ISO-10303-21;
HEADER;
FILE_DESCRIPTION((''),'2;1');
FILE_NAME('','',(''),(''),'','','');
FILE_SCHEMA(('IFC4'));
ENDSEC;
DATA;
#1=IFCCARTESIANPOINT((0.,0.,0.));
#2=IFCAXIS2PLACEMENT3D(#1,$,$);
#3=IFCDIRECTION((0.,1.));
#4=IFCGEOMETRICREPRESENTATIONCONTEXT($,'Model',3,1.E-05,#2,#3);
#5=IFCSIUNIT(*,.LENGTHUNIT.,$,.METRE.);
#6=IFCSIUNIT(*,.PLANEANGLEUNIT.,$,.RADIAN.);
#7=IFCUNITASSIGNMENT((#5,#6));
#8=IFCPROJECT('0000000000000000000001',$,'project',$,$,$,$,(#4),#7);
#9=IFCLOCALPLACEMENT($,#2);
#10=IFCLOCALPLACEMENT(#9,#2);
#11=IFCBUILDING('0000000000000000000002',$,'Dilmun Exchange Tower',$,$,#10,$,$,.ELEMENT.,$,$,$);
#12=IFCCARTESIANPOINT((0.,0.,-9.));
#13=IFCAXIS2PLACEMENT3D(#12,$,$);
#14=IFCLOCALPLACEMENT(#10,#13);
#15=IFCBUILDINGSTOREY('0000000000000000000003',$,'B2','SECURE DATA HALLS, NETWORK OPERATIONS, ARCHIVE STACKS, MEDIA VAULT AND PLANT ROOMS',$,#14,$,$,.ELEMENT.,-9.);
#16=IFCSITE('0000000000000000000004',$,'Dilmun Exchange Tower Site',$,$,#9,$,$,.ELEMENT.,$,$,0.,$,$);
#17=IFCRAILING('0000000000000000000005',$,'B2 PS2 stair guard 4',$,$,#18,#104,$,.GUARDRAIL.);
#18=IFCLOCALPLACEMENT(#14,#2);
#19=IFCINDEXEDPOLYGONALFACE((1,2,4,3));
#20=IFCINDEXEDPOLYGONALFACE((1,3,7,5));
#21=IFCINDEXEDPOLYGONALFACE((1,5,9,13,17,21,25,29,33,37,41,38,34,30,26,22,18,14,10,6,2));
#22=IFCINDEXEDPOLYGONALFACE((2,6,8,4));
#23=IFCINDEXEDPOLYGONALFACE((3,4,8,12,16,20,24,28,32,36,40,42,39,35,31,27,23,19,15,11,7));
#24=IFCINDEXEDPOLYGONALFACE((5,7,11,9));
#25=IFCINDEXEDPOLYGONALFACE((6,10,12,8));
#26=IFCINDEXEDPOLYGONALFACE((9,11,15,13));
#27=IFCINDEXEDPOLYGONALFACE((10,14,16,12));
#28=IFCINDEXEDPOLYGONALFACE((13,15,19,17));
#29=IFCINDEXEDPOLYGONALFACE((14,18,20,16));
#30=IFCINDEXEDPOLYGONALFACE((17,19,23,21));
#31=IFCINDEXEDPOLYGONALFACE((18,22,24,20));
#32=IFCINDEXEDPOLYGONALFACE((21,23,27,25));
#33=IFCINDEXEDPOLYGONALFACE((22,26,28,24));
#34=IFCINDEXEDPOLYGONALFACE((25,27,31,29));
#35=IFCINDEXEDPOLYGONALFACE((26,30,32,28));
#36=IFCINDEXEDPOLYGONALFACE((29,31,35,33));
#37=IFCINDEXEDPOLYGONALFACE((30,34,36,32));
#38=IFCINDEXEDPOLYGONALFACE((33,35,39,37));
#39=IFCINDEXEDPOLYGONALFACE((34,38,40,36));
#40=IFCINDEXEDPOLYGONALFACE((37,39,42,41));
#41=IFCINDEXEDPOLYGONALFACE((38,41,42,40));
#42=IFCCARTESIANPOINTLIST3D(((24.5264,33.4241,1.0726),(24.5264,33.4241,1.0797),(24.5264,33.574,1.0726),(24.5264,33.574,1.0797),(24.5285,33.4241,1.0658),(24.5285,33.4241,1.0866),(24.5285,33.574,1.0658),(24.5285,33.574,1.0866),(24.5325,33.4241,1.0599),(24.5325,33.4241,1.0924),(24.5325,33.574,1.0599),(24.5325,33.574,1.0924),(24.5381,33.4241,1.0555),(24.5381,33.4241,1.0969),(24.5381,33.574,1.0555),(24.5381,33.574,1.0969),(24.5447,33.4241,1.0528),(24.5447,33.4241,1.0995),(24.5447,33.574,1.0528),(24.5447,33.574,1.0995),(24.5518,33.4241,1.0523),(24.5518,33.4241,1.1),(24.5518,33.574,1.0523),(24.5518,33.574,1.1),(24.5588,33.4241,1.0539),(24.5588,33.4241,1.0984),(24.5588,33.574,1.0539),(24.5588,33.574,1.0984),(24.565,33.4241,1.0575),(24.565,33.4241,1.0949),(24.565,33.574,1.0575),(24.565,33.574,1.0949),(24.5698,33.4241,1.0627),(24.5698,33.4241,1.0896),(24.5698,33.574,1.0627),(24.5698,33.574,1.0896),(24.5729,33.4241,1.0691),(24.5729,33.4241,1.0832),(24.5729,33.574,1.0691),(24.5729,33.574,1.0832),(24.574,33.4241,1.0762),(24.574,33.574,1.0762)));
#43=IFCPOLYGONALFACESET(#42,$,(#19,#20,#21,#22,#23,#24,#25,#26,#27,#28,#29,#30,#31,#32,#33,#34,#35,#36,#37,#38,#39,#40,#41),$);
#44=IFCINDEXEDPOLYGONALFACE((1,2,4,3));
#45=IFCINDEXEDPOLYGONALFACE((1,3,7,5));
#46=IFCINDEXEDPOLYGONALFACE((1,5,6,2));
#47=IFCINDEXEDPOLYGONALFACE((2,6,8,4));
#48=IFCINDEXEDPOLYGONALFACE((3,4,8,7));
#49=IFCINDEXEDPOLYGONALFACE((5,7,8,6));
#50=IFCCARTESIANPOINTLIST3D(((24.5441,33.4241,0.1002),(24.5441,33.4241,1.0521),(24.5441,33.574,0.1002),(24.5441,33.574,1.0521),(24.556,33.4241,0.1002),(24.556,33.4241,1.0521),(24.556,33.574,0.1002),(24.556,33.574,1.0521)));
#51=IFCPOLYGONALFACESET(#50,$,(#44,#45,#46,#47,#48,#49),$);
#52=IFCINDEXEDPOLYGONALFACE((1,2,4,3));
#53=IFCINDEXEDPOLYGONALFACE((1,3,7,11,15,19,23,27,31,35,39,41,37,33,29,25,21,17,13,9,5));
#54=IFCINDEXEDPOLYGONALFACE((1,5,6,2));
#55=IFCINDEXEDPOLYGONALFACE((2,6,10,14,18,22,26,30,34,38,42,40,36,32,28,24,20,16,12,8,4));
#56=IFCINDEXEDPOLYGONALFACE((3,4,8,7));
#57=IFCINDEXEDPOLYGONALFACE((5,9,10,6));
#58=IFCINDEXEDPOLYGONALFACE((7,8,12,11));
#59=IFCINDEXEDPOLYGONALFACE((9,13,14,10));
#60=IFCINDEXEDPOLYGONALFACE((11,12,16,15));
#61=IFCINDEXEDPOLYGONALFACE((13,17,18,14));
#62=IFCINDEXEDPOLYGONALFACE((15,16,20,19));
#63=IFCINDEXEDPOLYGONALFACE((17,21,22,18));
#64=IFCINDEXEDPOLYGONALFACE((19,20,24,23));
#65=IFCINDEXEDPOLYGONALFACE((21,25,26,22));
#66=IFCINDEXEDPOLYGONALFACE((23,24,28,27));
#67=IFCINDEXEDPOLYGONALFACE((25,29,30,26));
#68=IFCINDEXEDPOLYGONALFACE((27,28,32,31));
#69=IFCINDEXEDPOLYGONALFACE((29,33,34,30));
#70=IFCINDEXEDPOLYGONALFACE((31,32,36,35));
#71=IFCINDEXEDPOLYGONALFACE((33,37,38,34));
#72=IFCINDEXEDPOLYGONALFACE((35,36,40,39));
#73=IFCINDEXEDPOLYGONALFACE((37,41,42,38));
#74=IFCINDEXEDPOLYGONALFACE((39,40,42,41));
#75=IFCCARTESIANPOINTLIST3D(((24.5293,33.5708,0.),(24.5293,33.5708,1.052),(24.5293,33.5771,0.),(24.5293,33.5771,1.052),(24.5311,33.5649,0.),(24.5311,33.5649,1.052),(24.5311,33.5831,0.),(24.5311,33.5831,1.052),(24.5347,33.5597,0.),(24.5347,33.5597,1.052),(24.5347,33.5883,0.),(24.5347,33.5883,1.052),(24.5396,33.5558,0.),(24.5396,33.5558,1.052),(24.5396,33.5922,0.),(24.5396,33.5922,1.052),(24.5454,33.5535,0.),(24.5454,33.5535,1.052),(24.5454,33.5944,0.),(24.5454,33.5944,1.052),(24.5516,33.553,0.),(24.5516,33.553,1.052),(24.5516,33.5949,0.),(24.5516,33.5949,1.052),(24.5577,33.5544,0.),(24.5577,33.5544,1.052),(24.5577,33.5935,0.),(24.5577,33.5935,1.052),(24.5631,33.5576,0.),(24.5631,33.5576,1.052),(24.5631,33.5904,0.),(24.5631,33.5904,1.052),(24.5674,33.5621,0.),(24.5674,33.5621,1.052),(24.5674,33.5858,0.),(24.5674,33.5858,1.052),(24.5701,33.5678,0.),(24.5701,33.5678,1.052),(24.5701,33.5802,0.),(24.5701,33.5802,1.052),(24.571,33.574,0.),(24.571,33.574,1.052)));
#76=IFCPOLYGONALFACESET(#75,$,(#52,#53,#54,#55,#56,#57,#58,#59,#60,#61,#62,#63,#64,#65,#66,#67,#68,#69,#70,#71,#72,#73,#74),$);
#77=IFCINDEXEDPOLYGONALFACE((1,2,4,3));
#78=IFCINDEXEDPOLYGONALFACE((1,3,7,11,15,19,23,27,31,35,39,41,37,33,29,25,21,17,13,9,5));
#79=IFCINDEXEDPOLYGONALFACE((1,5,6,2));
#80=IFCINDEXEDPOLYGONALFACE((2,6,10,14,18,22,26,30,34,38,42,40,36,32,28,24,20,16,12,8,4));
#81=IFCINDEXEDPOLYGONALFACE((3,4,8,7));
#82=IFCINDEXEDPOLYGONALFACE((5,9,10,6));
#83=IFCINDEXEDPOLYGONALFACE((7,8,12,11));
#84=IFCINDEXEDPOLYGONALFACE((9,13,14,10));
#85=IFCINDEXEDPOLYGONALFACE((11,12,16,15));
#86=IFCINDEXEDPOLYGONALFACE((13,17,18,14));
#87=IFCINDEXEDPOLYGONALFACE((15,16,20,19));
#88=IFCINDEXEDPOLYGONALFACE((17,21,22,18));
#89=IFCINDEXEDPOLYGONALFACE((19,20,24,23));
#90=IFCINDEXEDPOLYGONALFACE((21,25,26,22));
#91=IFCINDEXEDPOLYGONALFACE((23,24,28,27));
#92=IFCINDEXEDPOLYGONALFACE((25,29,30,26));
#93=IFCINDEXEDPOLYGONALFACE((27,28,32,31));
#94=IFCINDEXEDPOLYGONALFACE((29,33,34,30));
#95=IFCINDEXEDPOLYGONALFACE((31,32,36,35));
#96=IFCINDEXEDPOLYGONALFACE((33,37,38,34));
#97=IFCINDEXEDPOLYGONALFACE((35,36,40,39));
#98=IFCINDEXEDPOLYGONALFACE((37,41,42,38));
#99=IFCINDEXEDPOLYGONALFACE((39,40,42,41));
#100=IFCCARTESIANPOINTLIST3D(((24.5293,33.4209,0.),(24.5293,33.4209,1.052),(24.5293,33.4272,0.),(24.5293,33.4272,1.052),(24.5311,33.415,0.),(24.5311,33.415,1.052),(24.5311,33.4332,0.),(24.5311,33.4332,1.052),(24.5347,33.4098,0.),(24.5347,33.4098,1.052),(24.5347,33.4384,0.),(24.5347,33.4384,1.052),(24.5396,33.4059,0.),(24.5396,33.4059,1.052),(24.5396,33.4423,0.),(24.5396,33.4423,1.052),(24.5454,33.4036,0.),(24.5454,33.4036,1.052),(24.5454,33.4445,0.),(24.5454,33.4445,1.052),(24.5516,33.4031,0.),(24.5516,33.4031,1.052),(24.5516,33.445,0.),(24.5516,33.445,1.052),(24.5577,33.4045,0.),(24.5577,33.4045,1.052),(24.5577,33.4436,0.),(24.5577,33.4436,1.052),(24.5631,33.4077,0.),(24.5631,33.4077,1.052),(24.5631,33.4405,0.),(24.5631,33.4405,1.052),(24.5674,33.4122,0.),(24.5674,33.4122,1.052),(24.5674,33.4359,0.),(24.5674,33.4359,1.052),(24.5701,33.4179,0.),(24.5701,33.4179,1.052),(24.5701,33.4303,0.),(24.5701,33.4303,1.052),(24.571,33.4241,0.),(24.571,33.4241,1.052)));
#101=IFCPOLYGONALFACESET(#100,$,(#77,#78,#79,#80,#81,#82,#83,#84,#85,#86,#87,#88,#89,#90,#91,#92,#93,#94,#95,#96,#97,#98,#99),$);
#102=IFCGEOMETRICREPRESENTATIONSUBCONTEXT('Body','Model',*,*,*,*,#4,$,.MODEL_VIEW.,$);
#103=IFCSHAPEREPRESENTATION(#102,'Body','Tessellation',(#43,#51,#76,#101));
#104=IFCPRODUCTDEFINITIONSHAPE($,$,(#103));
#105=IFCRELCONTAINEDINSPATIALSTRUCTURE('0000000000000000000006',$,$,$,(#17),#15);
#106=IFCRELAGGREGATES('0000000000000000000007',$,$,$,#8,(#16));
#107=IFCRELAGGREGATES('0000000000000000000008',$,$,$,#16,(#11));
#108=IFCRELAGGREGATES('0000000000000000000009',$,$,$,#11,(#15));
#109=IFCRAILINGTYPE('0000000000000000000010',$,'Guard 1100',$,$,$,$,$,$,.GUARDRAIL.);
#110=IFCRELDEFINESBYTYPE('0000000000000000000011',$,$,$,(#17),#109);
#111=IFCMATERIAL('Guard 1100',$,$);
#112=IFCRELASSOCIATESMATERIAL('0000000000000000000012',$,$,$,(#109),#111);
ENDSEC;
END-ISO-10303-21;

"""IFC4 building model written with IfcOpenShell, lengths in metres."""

from ifc_helpers import new_model, si_unit, direction, frame, origin, origin_2d, place, context, subcontext, project, spatial, rectangle, circle, extrude, material, type_object, element, save


model = new_model("IFC4")

# Units and contexts
model_context = context("Model", 3, precision=1e-05, world=origin(), true_north=direction((0.0, 1.0)))
body_context = subcontext(model_context, "Body", "Model", "MODEL_VIEW")
ifc_project = project(units=[si_unit("LENGTHUNIT", "METRE"), si_unit("PLANEANGLEUNIT", "RADIAN")], contexts=[model_context])

# Site, building, storey
site_placement = place(None, origin())
site = spatial("IfcSite", under=ifc_project, at=site_placement, Name="Dilmun Exchange Tower Site", CompositionType="ELEMENT", RefElevation=0.0)
building_placement = place(site_placement, origin())
building = spatial("IfcBuilding", under=site, at=building_placement, Name="Dilmun Exchange Tower", CompositionType="ELEMENT")
storey_placement = place(building_placement, frame((0.0, 0.0, -9.0)))
storey = spatial("IfcBuildingStorey", under=building, at=storey_placement, Name="B2", Description="SECURE DATA HALLS, NETWORK OPERATIONS, ARCHIVE STACKS, MEDIA VAULT AND PLANT ROOMS", CompositionType="ELEMENT", Elevation=-9.0)

# Railing
ifc_material_1 = material(Name="Guard 1100")
railing_type_1 = type_object("IfcRailingType", Name="Guard 1100", PredefinedType="GUARDRAIL", material=ifc_material_1)
railing_1_placement = place(storey_placement, frame((24.55, 33.574, 0.0)))
element("IfcRailing", 1, at=railing_1_placement, inside=storey, type_object=railing_type_1, Name="B2 PS2 stair guard 4", PredefinedType="GUARDRAIL", context=body_context, shape_type="SweptSolid", body=[
    extrude(circle(Radius=0.0239, at=origin_2d()), frame((0.0, 0.0, 1.0762), z_axis=(0.0, -1.0, 0.0), x_axis=(1.0, 0.0, 0.0)), (0.0, 0.0, 1.0), 0.1499),
    extrude(rectangle(XDim=0.012, YDim=0.9519, at=origin_2d()), frame((0.0, 0.0, 0.5762), z_axis=(0.0, -1.0, 0.0), x_axis=(1.0, 0.0, 0.0)), (0.0, 0.0, 1.0), 0.1499),
    extrude(circle(Radius=0.021, at=origin_2d()), origin(), (0.0, 0.0, 1.0), 1.052),
    extrude(circle(Radius=0.021, at=origin_2d()), frame((0.0, -0.1499, 0.0)), (0.0, 0.0, 1.0), 1.052),
])

save(model, "model.ifc")
